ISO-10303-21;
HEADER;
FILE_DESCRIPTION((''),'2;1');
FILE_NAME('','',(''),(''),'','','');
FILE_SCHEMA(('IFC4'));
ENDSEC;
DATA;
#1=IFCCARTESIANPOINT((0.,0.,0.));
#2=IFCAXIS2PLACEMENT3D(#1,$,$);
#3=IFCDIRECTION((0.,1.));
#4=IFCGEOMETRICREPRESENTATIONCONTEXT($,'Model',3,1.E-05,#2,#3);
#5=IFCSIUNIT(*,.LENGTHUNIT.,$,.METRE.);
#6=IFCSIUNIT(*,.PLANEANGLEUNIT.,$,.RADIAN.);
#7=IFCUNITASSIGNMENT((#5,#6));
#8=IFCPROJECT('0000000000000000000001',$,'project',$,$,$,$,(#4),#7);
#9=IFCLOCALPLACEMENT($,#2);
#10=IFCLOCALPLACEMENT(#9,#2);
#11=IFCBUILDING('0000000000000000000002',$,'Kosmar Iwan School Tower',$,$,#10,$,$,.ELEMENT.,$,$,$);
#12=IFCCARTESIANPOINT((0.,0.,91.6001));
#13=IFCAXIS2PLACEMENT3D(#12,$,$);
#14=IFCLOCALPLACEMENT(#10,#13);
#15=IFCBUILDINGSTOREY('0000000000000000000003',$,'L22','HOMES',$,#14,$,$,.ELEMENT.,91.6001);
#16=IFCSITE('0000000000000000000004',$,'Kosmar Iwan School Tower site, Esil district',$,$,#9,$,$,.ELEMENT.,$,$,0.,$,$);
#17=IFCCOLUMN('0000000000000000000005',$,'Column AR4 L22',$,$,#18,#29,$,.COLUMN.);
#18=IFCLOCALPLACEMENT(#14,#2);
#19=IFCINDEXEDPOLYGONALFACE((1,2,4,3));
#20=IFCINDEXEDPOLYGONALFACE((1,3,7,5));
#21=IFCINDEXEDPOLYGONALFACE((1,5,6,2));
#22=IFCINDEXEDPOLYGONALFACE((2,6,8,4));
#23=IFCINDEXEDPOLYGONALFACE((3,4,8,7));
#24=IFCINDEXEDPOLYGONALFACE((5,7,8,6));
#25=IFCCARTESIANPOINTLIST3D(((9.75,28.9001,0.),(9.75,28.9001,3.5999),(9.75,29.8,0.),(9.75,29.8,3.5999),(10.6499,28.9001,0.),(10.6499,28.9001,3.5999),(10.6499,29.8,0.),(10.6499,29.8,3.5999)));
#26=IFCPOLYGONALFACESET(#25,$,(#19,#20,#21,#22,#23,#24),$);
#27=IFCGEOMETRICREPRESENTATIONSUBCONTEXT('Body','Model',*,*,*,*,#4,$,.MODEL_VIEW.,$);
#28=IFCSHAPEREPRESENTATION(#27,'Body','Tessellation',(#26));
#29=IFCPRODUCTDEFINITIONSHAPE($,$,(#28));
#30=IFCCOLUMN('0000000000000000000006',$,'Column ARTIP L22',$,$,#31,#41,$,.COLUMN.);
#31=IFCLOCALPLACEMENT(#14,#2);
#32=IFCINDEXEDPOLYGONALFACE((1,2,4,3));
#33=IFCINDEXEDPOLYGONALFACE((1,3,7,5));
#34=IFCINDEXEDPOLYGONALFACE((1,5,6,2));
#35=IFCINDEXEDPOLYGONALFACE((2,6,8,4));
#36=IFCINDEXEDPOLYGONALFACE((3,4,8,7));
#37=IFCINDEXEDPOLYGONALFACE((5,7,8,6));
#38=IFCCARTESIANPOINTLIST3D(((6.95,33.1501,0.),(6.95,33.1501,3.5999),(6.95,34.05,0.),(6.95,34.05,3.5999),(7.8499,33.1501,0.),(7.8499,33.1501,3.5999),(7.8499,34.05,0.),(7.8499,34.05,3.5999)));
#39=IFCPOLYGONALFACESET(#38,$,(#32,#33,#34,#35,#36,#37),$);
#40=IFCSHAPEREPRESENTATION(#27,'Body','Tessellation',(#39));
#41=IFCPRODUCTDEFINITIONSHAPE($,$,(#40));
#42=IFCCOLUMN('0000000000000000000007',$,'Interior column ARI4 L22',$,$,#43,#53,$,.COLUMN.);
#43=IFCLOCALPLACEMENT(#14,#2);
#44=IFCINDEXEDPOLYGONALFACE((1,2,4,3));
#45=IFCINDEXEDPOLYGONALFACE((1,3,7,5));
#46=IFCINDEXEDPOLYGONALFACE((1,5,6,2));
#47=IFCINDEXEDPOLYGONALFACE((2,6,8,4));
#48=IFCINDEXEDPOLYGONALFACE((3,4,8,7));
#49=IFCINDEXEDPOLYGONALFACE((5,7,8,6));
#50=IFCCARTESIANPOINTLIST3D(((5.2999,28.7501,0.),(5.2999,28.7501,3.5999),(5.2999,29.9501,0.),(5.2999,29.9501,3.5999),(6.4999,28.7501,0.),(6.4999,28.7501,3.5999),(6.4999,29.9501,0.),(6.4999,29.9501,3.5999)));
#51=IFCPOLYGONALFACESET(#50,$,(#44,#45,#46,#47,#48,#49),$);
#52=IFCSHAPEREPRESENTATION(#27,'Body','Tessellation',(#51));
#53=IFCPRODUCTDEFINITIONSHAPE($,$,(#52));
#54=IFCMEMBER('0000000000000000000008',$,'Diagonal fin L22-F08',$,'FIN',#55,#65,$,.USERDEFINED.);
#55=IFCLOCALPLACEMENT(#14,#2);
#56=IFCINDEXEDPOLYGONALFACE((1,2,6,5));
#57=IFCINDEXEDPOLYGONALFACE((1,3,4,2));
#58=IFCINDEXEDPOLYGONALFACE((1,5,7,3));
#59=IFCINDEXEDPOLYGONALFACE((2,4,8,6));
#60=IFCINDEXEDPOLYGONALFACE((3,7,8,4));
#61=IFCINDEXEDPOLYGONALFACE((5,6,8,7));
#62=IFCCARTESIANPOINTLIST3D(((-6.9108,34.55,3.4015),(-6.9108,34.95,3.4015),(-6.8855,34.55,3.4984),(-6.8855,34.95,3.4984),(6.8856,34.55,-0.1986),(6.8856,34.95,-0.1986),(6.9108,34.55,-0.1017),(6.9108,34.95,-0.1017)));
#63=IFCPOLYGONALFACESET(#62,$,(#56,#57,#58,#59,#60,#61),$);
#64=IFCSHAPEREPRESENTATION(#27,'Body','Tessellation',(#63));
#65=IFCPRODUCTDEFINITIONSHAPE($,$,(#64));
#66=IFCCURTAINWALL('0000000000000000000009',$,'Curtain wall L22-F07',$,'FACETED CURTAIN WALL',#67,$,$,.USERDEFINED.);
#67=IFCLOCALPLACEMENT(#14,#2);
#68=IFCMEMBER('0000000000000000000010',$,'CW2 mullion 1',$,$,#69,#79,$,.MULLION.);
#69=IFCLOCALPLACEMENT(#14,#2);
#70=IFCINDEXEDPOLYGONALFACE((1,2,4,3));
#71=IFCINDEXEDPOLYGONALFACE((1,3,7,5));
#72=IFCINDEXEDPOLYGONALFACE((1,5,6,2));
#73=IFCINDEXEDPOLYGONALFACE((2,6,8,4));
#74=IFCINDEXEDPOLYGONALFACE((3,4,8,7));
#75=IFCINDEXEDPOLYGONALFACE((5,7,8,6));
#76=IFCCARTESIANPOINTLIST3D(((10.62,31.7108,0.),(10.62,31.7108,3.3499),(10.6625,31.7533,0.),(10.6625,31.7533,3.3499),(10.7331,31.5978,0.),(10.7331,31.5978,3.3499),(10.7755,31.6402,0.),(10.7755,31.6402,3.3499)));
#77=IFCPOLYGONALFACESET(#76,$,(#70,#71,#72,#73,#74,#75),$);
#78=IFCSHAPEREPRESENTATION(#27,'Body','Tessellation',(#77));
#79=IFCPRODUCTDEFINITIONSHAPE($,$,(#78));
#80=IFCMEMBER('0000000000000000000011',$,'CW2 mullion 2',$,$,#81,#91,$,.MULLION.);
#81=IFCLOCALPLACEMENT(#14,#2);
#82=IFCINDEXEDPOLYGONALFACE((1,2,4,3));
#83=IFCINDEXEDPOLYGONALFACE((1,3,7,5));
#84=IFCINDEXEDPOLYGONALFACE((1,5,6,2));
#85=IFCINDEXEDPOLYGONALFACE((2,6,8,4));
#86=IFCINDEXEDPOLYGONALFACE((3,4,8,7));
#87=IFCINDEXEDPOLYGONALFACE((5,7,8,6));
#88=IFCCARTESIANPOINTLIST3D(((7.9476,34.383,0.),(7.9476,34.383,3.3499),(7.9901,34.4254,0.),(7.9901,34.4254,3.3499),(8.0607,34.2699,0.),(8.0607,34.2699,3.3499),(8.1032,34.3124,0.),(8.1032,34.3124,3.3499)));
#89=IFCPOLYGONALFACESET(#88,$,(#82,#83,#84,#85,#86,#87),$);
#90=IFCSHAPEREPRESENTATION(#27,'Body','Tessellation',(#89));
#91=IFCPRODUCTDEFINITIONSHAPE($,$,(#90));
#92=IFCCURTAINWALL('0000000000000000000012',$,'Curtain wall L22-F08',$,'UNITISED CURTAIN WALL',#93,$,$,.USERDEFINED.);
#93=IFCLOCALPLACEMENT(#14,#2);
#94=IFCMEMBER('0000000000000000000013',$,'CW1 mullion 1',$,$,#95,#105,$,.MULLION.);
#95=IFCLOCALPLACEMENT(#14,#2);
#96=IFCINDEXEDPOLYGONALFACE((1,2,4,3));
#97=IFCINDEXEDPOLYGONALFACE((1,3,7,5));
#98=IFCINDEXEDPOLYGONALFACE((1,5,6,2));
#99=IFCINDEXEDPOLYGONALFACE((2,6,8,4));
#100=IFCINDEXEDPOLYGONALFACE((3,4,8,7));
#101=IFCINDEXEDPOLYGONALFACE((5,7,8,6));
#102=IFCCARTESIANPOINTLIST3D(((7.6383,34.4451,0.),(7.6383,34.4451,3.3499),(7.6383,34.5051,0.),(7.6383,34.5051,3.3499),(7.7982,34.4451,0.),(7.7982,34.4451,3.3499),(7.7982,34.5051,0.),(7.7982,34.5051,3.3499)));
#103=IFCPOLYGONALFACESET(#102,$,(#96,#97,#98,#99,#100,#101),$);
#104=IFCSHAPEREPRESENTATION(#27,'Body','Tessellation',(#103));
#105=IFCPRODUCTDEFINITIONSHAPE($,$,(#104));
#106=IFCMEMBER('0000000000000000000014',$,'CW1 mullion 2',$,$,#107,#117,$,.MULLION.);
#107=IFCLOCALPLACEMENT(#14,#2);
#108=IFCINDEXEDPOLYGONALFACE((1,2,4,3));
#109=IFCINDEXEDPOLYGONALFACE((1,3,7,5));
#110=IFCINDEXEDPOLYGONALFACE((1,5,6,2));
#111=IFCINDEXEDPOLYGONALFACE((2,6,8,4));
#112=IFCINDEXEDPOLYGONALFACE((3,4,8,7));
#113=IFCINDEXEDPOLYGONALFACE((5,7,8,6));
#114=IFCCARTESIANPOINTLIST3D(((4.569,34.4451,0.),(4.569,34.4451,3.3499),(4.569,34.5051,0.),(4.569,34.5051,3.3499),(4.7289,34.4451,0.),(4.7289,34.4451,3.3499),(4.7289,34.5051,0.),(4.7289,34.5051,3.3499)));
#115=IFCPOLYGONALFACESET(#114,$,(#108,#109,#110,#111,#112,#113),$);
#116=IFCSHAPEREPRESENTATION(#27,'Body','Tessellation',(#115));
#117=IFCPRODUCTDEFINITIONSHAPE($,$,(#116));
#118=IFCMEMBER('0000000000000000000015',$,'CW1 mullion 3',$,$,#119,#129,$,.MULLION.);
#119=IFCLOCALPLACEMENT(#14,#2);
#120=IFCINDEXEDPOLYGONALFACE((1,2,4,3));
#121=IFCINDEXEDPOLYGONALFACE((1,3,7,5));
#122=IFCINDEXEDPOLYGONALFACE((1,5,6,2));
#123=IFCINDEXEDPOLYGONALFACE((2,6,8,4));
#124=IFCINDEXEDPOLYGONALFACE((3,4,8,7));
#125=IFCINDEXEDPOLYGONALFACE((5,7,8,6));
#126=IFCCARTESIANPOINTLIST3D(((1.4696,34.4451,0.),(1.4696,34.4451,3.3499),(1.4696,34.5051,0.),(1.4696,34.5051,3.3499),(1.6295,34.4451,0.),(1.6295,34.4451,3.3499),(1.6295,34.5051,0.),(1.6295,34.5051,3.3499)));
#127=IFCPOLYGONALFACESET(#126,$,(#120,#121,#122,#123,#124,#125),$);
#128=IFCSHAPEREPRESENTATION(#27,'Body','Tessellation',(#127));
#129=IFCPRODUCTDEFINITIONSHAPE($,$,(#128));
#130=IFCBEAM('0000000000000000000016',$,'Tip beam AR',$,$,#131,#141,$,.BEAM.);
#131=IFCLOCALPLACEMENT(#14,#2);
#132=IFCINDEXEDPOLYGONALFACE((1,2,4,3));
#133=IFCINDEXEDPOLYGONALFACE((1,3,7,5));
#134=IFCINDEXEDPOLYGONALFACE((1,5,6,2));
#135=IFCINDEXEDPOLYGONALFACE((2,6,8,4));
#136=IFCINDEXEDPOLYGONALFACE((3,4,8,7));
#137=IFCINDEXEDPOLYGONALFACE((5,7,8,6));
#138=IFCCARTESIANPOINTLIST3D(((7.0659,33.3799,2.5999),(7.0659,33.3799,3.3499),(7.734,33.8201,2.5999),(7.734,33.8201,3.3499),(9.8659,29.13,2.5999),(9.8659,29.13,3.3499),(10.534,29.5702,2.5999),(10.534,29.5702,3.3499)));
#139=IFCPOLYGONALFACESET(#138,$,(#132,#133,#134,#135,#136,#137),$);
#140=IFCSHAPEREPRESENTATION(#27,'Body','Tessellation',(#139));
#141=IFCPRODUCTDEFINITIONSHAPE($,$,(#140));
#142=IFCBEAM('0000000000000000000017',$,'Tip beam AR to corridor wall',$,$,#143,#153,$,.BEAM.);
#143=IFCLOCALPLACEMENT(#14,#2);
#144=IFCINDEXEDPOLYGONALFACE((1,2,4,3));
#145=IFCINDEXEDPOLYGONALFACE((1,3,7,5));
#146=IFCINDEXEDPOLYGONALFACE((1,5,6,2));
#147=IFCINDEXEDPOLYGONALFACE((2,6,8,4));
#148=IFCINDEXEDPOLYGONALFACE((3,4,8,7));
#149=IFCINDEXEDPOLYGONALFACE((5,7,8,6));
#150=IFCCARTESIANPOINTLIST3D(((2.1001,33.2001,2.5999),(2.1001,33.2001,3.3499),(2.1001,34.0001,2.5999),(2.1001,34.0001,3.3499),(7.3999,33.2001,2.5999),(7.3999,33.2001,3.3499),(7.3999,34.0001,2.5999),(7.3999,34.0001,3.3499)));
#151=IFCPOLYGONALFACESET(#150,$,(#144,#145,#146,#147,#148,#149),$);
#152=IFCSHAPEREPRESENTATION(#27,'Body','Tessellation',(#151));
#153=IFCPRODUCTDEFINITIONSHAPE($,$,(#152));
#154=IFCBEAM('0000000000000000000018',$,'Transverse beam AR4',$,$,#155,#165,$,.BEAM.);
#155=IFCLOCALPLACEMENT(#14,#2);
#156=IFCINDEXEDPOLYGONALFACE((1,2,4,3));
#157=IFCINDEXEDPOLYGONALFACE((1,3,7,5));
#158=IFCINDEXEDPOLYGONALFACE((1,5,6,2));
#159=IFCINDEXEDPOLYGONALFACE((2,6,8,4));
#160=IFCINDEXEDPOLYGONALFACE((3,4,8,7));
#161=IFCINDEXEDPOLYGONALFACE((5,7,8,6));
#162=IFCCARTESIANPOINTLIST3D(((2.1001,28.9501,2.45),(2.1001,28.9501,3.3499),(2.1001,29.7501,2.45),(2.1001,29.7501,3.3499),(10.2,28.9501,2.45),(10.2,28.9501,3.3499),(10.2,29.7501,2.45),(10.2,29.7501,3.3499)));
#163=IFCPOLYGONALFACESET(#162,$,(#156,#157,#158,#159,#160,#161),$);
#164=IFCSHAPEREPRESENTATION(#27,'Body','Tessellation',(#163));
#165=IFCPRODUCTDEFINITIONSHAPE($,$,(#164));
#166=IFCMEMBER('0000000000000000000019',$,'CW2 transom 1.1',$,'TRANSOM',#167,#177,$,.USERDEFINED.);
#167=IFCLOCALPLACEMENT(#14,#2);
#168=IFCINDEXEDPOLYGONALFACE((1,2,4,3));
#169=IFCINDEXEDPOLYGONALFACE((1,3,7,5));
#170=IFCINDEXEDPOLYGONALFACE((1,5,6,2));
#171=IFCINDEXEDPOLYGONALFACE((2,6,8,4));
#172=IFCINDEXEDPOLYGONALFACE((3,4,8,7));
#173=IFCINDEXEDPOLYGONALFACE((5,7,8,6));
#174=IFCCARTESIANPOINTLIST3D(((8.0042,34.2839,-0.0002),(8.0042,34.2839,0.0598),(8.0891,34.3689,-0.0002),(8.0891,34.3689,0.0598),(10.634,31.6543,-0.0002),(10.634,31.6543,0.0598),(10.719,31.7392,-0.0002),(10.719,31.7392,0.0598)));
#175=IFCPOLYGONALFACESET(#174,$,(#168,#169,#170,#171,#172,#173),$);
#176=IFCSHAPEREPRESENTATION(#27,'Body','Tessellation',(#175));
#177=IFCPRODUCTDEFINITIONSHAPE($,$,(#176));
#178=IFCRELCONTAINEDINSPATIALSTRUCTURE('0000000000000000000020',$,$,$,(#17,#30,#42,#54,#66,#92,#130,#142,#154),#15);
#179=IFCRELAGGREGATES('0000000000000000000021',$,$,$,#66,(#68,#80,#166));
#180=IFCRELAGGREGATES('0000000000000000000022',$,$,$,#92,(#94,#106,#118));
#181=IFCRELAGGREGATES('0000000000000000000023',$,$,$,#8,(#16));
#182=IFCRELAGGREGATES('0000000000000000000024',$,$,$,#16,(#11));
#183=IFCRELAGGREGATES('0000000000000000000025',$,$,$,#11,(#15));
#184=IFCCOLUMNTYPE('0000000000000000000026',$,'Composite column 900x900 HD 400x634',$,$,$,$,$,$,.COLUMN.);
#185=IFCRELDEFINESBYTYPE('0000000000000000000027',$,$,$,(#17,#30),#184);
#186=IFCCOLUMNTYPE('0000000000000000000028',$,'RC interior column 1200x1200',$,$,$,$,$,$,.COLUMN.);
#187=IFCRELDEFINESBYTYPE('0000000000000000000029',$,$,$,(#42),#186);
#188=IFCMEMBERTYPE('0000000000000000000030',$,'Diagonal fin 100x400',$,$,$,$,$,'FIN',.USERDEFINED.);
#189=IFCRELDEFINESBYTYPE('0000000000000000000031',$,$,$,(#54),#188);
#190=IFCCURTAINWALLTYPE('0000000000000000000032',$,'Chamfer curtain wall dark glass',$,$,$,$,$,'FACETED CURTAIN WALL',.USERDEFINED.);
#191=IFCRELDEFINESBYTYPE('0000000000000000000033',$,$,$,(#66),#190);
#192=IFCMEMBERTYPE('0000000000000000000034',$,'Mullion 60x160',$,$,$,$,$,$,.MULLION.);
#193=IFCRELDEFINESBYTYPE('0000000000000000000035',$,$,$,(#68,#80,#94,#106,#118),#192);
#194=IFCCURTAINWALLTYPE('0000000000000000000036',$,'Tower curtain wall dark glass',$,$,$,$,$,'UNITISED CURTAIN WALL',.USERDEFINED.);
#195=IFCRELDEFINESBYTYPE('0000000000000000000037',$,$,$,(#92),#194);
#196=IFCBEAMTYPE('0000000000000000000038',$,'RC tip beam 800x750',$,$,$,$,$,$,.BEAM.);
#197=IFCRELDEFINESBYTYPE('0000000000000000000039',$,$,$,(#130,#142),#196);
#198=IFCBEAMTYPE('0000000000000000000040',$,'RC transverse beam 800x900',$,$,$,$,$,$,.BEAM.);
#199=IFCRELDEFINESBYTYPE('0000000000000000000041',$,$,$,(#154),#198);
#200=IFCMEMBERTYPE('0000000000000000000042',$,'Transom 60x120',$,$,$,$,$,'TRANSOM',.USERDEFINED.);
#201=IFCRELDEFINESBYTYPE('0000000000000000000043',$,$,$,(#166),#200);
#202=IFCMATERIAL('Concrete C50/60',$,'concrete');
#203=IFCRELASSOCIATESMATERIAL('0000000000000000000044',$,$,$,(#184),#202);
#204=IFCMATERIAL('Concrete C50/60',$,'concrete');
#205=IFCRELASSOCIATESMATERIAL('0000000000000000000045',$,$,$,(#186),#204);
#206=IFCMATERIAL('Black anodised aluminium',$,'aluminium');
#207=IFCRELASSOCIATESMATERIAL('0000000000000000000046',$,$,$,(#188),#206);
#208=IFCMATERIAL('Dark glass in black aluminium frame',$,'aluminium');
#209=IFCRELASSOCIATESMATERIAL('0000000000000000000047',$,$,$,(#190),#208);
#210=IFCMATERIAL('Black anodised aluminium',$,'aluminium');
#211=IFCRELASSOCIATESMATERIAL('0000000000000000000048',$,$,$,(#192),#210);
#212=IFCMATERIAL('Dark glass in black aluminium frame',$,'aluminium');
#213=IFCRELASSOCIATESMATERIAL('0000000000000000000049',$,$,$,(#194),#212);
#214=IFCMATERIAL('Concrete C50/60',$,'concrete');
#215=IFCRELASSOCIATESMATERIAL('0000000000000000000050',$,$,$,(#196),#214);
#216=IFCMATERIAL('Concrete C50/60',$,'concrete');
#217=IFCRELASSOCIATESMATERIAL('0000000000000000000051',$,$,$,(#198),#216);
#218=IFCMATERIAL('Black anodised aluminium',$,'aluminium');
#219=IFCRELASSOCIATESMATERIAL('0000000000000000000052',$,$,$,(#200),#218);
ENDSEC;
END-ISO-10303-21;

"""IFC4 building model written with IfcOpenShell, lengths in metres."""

from ifc_helpers import new_model, si_unit, direction, frame, origin, origin_2d, place, context, subcontext, project, spatial, rectangle, extrude, material, material_profile, profile_set, type_object, element, aggregate, save


model = new_model("IFC4")

# Units and contexts
model_context = context("Model", 3, precision=1e-05, world=origin(), true_north=direction((0.0, 1.0)))
body_context = subcontext(model_context, "Body", "Model", "MODEL_VIEW")
ifc_project = project(units=[si_unit("LENGTHUNIT", "METRE"), si_unit("PLANEANGLEUNIT", "RADIAN")], contexts=[model_context])

# Site, building, storey
site_placement = place(None, origin())
site = spatial("IfcSite", under=ifc_project, at=site_placement, Name="Kosmar Iwan School Tower site, Esil district", CompositionType="ELEMENT", RefElevation=0.0)
building_placement = place(site_placement, origin())
building = spatial("IfcBuilding", under=site, at=building_placement, Name="Kosmar Iwan School Tower", CompositionType="ELEMENT")
storey_placement = place(building_placement, frame((0.0, 0.0, 91.6001)))
storey = spatial("IfcBuildingStorey", under=building, at=storey_placement, Name="L22", Description="HOMES", CompositionType="ELEMENT", Elevation=91.6001)

# Columns
ifc_material_1 = material(Name="Concrete C50/60", Category="concrete")
ifc_material_profile_1 = material_profile(ifc_material_1, rectangle(XDim=0.8999, YDim=0.8999, at=origin_2d()), Name="RC 900x900 + HD 400x634")
ifc_profile_set_1 = profile_set([ifc_material_profile_1], Name="Concrete C50/60")
column_type_1 = type_object("IfcColumnType", Name="Composite column 900x900 HD 400x634", PredefinedType="COLUMN", material=ifc_profile_set_1)
for number, where, z_axis, x_axis, name in (
    (1, (10.2, 29.3501, 0.0), (0.0, 0.0, 1.0), (0.0, 1.0, 0.0), "Column AR4 L22"),
    (2, (7.3999, 33.6001, 0.0), (0.0, 0.0, 1.0), (0.0, 1.0, 0.0), "Column ARTIP L22"),
):
    element("IfcColumn", number, at=place(storey_placement, frame(where, z_axis=z_axis, x_axis=x_axis)), inside=storey, type_object=column_type_1, Name=name, PredefinedType="COLUMN", context=body_context, shape_type="SweptSolid", body=[
        extrude(rectangle(XDim=0.8999, YDim=0.8999, at=origin_2d()), origin(), (0.0, 0.0, 1.0), 3.5999),
    ])
ifc_material_2 = material(Name="Concrete C50/60", Category="concrete")
ifc_material_profile_2 = material_profile(ifc_material_2, rectangle(XDim=1.2, YDim=1.2, at=origin_2d()), Name="RC 1200x1200")
ifc_profile_set_2 = profile_set([ifc_material_profile_2], Name="Concrete C50/60")
column_type_2 = type_object("IfcColumnType", Name="RC interior column 1200x1200", PredefinedType="COLUMN", material=ifc_profile_set_2)
column_placement = place(storey_placement, frame((5.8999, 29.3501, 0.0), z_axis=(0.0, 0.0, 1.0), x_axis=(0.0, 1.0, 0.0)))
element("IfcColumn", 3, at=column_placement, inside=storey, type_object=column_type_2, Name="Interior column ARI4 L22", PredefinedType="COLUMN", context=body_context, shape_type="SweptSolid", body=[
    extrude(rectangle(XDim=1.2, YDim=1.2, at=origin_2d()), origin(), (0.0, 0.0, 1.0), 3.5999),
])

# Member
ifc_material_3 = material(Name="Black anodised aluminium", Category="aluminium")
ifc_material_profile_3 = material_profile(ifc_material_3, rectangle(XDim=0.1001, YDim=0.3999, at=origin_2d()), Name="FIN 100x400")
ifc_profile_set_3 = profile_set([ifc_material_profile_3], Name="Black anodised aluminium")
member_type_1 = type_object("IfcMemberType", Name="Diagonal fin 100x400", ElementType="FIN", PredefinedType="USERDEFINED", material=ifc_profile_set_3)
member_1_placement = place(storey_placement, frame((6.8982, 34.75, -0.1501), z_axis=(-0.967599, 0.0, 0.25249), x_axis=(0.25249, 0.0, 0.967599)))
element("IfcMember", 4, at=member_1_placement, inside=storey, type_object=member_type_1, Name="Diagonal fin L22-F08", ObjectType="FIN", PredefinedType="USERDEFINED", context=body_context, shape_type="SweptSolid", body=[
    extrude(rectangle(XDim=0.1001, YDim=0.3999, at=origin_2d()), origin(), (0.0, 0.0, 1.0), 14.2583),
])

# Curtain walls, members
ifc_material_4 = material(Name="Dark glass in black aluminium frame", Category="aluminium")
curtain_wall_type_1 = type_object("IfcCurtainWallType", Name="Chamfer curtain wall dark glass", ElementType="FACETED CURTAIN WALL", PredefinedType="USERDEFINED", material=ifc_material_4)
curtain_wall_1_placement = place(storey_placement, origin())
curtain_wall_1 = element("IfcCurtainWall", 5, at=curtain_wall_1_placement, inside=storey, type_object=curtain_wall_type_1, Name="Curtain wall L22-F07", ObjectType="FACETED CURTAIN WALL", PredefinedType="USERDEFINED")
ifc_material_5 = material(Name="Black anodised aluminium", Category="aluminium")
ifc_material_profile_4 = material_profile(ifc_material_5, rectangle(XDim=0.0601, YDim=0.1599, at=origin_2d()), Name="MULLION 60x160")
ifc_profile_set_4 = profile_set([ifc_material_profile_4], Name="Black anodised aluminium")
member_type_2 = type_object("IfcMemberType", Name="Mullion 60x160", PredefinedType="MULLION", material=ifc_profile_set_4)
member_2_placement = place(storey_placement, frame((10.6978, 31.6755, 0.0), z_axis=(0.0, 0.0, 1.0), x_axis=(-0.707107, -0.707107, 0.0)))
member_2 = element("IfcMember", 6, at=member_2_placement, type_object=member_type_2, Name="CW2 mullion 1", PredefinedType="MULLION", context=body_context, shape_type="SweptSolid", body=[
    extrude(rectangle(XDim=0.0601, YDim=0.1599, at=origin_2d()), origin(), (0.0, 0.0, 1.0), 3.3499),
])
member_3_placement = place(storey_placement, frame((8.0254, 34.3477, 0.0), z_axis=(0.0, 0.0, 1.0), x_axis=(-0.707107, -0.707107, 0.0)))
member_3 = element("IfcMember", 7, at=member_3_placement, type_object=member_type_2, Name="CW2 mullion 2", PredefinedType="MULLION", context=body_context, shape_type="SweptSolid", body=[
    extrude(rectangle(XDim=0.0601, YDim=0.1599, at=origin_2d()), origin(), (0.0, 0.0, 1.0), 3.3499),
])
ifc_material_6 = material(Name="Dark glass in black aluminium frame", Category="aluminium")
curtain_wall_type_2 = type_object("IfcCurtainWallType", Name="Tower curtain wall dark glass", ElementType="UNITISED CURTAIN WALL", PredefinedType="USERDEFINED", material=ifc_material_6)
curtain_wall_2_placement = place(storey_placement, origin())
curtain_wall_2 = element("IfcCurtainWall", 8, at=curtain_wall_2_placement, inside=storey, type_object=curtain_wall_type_2, Name="Curtain wall L22-F08", ObjectType="UNITISED CURTAIN WALL", PredefinedType="USERDEFINED")
member_4_placement = place(storey_placement, frame((7.7183, 34.4751, 0.0), z_axis=(0.0, 0.0, 1.0), x_axis=(0.0, -1.0, 0.0)))
member_4 = element("IfcMember", 9, at=member_4_placement, type_object=member_type_2, Name="CW1 mullion 1", PredefinedType="MULLION", context=body_context, shape_type="SweptSolid", body=[
    extrude(rectangle(XDim=0.0601, YDim=0.1599, at=origin_2d()), origin(), (0.0, 0.0, 1.0), 3.3499),
])
member_5_placement = place(storey_placement, frame((4.6489, 34.4751, 0.0), z_axis=(0.0, 0.0, 1.0), x_axis=(0.0, -1.0, 0.0)))
member_5 = element("IfcMember", 10, at=member_5_placement, type_object=member_type_2, Name="CW1 mullion 2", PredefinedType="MULLION", context=body_context, shape_type="SweptSolid", body=[
    extrude(rectangle(XDim=0.0601, YDim=0.1599, at=origin_2d()), origin(), (0.0, 0.0, 1.0), 3.3499),
])
member_6_placement = place(storey_placement, frame((1.5496, 34.4751, 0.0), z_axis=(0.0, 0.0, 1.0), x_axis=(0.0, -1.0, 0.0)))
member_6 = element("IfcMember", 11, at=member_6_placement, type_object=member_type_2, Name="CW1 mullion 3", PredefinedType="MULLION", context=body_context, shape_type="SweptSolid", body=[
    extrude(rectangle(XDim=0.0601, YDim=0.1599, at=origin_2d()), origin(), (0.0, 0.0, 1.0), 3.3499),
])

# Beams
ifc_material_7 = material(Name="Concrete C50/60", Category="concrete")
ifc_material_profile_5 = material_profile(ifc_material_7, rectangle(XDim=0.8, YDim=0.75, at=origin_2d()), Name="RC 800x750")
ifc_profile_set_5 = profile_set([ifc_material_profile_5], Name="Concrete C50/60")
beam_type_1 = type_object("IfcBeamType", Name="RC tip beam 800x750", PredefinedType="BEAM", material=ifc_profile_set_5)
beam_1_placement = place(storey_placement, frame((10.2, 29.3501, 2.9749), z_axis=(-0.550164, 0.835056, 0.0), x_axis=(-0.835056, -0.550164, 0.0)))
element("IfcBeam", 12, at=beam_1_placement, inside=storey, type_object=beam_type_1, Name="Tip beam AR", PredefinedType="BEAM", context=body_context, shape_type="SweptSolid", body=[
    extrude(rectangle(XDim=0.8, YDim=0.75, at=origin_2d()), origin(), (0.0, 0.0, 1.0), 5.0894),
])
beam_2_placement = place(storey_placement, frame((7.3999, 33.6001, 2.9749), z_axis=(-1.0, 0.0, 0.0), x_axis=(0.0, -1.0, 0.0)))
element("IfcBeam", 13, at=beam_2_placement, inside=storey, type_object=beam_type_1, Name="Tip beam AR to corridor wall", PredefinedType="BEAM", context=body_context, shape_type="SweptSolid", body=[
    extrude(rectangle(XDim=0.8, YDim=0.75, at=origin_2d()), origin(), (0.0, 0.0, 1.0), 5.2998),
])
ifc_material_8 = material(Name="Concrete C50/60", Category="concrete")
ifc_material_profile_6 = material_profile(ifc_material_8, rectangle(XDim=0.8, YDim=0.8999, at=origin_2d()), Name="RC 800x900")
ifc_profile_set_6 = profile_set([ifc_material_profile_6], Name="Concrete C50/60")
beam_type_2 = type_object("IfcBeamType", Name="RC transverse beam 800x900", PredefinedType="BEAM", material=ifc_profile_set_6)
beam_3_placement = place(storey_placement, frame((10.2, 29.3501, 2.8999), z_axis=(-1.0, 0.0, 0.0), x_axis=(0.0, -1.0, 0.0)))
element("IfcBeam", 14, at=beam_3_placement, inside=storey, type_object=beam_type_2, Name="Transverse beam AR4", PredefinedType="BEAM", context=body_context, shape_type="SweptSolid", body=[
    extrude(rectangle(XDim=0.8, YDim=0.8999, at=origin_2d()), origin(), (0.0, 0.0, 1.0), 8.0999),
])

# Member
ifc_material_9 = material(Name="Black anodised aluminium", Category="aluminium")
ifc_material_profile_7 = material_profile(ifc_material_9, rectangle(XDim=0.1201, YDim=0.0601, at=origin_2d()), Name="TRANSOM 60x120")
ifc_profile_set_7 = profile_set([ifc_material_profile_7], Name="Black anodised aluminium")
member_type_3 = type_object("IfcMemberType", Name="Transom 60x120", ElementType="TRANSOM", PredefinedType="USERDEFINED", material=ifc_profile_set_7)
member_7_placement = place(storey_placement, frame((10.6765, 31.6968, 0.0298), z_axis=(-0.70714, 0.707074, 0.0), x_axis=(-0.707074, -0.70714, 0.0)))
member_7 = element("IfcMember", 15, at=member_7_placement, type_object=member_type_3, Name="CW2 transom 1.1", ObjectType="TRANSOM", PredefinedType="USERDEFINED", context=body_context, shape_type="SweptSolid", body=[
    extrude(rectangle(XDim=0.1201, YDim=0.0601, at=origin_2d()), origin(), (0.0, 0.0, 1.0), 3.719),
])

aggregate(curtain_wall_1, [member_2, member_3, member_7])
aggregate(curtain_wall_2, [member_4, member_5, member_6])

save(model, "model.ifc")
